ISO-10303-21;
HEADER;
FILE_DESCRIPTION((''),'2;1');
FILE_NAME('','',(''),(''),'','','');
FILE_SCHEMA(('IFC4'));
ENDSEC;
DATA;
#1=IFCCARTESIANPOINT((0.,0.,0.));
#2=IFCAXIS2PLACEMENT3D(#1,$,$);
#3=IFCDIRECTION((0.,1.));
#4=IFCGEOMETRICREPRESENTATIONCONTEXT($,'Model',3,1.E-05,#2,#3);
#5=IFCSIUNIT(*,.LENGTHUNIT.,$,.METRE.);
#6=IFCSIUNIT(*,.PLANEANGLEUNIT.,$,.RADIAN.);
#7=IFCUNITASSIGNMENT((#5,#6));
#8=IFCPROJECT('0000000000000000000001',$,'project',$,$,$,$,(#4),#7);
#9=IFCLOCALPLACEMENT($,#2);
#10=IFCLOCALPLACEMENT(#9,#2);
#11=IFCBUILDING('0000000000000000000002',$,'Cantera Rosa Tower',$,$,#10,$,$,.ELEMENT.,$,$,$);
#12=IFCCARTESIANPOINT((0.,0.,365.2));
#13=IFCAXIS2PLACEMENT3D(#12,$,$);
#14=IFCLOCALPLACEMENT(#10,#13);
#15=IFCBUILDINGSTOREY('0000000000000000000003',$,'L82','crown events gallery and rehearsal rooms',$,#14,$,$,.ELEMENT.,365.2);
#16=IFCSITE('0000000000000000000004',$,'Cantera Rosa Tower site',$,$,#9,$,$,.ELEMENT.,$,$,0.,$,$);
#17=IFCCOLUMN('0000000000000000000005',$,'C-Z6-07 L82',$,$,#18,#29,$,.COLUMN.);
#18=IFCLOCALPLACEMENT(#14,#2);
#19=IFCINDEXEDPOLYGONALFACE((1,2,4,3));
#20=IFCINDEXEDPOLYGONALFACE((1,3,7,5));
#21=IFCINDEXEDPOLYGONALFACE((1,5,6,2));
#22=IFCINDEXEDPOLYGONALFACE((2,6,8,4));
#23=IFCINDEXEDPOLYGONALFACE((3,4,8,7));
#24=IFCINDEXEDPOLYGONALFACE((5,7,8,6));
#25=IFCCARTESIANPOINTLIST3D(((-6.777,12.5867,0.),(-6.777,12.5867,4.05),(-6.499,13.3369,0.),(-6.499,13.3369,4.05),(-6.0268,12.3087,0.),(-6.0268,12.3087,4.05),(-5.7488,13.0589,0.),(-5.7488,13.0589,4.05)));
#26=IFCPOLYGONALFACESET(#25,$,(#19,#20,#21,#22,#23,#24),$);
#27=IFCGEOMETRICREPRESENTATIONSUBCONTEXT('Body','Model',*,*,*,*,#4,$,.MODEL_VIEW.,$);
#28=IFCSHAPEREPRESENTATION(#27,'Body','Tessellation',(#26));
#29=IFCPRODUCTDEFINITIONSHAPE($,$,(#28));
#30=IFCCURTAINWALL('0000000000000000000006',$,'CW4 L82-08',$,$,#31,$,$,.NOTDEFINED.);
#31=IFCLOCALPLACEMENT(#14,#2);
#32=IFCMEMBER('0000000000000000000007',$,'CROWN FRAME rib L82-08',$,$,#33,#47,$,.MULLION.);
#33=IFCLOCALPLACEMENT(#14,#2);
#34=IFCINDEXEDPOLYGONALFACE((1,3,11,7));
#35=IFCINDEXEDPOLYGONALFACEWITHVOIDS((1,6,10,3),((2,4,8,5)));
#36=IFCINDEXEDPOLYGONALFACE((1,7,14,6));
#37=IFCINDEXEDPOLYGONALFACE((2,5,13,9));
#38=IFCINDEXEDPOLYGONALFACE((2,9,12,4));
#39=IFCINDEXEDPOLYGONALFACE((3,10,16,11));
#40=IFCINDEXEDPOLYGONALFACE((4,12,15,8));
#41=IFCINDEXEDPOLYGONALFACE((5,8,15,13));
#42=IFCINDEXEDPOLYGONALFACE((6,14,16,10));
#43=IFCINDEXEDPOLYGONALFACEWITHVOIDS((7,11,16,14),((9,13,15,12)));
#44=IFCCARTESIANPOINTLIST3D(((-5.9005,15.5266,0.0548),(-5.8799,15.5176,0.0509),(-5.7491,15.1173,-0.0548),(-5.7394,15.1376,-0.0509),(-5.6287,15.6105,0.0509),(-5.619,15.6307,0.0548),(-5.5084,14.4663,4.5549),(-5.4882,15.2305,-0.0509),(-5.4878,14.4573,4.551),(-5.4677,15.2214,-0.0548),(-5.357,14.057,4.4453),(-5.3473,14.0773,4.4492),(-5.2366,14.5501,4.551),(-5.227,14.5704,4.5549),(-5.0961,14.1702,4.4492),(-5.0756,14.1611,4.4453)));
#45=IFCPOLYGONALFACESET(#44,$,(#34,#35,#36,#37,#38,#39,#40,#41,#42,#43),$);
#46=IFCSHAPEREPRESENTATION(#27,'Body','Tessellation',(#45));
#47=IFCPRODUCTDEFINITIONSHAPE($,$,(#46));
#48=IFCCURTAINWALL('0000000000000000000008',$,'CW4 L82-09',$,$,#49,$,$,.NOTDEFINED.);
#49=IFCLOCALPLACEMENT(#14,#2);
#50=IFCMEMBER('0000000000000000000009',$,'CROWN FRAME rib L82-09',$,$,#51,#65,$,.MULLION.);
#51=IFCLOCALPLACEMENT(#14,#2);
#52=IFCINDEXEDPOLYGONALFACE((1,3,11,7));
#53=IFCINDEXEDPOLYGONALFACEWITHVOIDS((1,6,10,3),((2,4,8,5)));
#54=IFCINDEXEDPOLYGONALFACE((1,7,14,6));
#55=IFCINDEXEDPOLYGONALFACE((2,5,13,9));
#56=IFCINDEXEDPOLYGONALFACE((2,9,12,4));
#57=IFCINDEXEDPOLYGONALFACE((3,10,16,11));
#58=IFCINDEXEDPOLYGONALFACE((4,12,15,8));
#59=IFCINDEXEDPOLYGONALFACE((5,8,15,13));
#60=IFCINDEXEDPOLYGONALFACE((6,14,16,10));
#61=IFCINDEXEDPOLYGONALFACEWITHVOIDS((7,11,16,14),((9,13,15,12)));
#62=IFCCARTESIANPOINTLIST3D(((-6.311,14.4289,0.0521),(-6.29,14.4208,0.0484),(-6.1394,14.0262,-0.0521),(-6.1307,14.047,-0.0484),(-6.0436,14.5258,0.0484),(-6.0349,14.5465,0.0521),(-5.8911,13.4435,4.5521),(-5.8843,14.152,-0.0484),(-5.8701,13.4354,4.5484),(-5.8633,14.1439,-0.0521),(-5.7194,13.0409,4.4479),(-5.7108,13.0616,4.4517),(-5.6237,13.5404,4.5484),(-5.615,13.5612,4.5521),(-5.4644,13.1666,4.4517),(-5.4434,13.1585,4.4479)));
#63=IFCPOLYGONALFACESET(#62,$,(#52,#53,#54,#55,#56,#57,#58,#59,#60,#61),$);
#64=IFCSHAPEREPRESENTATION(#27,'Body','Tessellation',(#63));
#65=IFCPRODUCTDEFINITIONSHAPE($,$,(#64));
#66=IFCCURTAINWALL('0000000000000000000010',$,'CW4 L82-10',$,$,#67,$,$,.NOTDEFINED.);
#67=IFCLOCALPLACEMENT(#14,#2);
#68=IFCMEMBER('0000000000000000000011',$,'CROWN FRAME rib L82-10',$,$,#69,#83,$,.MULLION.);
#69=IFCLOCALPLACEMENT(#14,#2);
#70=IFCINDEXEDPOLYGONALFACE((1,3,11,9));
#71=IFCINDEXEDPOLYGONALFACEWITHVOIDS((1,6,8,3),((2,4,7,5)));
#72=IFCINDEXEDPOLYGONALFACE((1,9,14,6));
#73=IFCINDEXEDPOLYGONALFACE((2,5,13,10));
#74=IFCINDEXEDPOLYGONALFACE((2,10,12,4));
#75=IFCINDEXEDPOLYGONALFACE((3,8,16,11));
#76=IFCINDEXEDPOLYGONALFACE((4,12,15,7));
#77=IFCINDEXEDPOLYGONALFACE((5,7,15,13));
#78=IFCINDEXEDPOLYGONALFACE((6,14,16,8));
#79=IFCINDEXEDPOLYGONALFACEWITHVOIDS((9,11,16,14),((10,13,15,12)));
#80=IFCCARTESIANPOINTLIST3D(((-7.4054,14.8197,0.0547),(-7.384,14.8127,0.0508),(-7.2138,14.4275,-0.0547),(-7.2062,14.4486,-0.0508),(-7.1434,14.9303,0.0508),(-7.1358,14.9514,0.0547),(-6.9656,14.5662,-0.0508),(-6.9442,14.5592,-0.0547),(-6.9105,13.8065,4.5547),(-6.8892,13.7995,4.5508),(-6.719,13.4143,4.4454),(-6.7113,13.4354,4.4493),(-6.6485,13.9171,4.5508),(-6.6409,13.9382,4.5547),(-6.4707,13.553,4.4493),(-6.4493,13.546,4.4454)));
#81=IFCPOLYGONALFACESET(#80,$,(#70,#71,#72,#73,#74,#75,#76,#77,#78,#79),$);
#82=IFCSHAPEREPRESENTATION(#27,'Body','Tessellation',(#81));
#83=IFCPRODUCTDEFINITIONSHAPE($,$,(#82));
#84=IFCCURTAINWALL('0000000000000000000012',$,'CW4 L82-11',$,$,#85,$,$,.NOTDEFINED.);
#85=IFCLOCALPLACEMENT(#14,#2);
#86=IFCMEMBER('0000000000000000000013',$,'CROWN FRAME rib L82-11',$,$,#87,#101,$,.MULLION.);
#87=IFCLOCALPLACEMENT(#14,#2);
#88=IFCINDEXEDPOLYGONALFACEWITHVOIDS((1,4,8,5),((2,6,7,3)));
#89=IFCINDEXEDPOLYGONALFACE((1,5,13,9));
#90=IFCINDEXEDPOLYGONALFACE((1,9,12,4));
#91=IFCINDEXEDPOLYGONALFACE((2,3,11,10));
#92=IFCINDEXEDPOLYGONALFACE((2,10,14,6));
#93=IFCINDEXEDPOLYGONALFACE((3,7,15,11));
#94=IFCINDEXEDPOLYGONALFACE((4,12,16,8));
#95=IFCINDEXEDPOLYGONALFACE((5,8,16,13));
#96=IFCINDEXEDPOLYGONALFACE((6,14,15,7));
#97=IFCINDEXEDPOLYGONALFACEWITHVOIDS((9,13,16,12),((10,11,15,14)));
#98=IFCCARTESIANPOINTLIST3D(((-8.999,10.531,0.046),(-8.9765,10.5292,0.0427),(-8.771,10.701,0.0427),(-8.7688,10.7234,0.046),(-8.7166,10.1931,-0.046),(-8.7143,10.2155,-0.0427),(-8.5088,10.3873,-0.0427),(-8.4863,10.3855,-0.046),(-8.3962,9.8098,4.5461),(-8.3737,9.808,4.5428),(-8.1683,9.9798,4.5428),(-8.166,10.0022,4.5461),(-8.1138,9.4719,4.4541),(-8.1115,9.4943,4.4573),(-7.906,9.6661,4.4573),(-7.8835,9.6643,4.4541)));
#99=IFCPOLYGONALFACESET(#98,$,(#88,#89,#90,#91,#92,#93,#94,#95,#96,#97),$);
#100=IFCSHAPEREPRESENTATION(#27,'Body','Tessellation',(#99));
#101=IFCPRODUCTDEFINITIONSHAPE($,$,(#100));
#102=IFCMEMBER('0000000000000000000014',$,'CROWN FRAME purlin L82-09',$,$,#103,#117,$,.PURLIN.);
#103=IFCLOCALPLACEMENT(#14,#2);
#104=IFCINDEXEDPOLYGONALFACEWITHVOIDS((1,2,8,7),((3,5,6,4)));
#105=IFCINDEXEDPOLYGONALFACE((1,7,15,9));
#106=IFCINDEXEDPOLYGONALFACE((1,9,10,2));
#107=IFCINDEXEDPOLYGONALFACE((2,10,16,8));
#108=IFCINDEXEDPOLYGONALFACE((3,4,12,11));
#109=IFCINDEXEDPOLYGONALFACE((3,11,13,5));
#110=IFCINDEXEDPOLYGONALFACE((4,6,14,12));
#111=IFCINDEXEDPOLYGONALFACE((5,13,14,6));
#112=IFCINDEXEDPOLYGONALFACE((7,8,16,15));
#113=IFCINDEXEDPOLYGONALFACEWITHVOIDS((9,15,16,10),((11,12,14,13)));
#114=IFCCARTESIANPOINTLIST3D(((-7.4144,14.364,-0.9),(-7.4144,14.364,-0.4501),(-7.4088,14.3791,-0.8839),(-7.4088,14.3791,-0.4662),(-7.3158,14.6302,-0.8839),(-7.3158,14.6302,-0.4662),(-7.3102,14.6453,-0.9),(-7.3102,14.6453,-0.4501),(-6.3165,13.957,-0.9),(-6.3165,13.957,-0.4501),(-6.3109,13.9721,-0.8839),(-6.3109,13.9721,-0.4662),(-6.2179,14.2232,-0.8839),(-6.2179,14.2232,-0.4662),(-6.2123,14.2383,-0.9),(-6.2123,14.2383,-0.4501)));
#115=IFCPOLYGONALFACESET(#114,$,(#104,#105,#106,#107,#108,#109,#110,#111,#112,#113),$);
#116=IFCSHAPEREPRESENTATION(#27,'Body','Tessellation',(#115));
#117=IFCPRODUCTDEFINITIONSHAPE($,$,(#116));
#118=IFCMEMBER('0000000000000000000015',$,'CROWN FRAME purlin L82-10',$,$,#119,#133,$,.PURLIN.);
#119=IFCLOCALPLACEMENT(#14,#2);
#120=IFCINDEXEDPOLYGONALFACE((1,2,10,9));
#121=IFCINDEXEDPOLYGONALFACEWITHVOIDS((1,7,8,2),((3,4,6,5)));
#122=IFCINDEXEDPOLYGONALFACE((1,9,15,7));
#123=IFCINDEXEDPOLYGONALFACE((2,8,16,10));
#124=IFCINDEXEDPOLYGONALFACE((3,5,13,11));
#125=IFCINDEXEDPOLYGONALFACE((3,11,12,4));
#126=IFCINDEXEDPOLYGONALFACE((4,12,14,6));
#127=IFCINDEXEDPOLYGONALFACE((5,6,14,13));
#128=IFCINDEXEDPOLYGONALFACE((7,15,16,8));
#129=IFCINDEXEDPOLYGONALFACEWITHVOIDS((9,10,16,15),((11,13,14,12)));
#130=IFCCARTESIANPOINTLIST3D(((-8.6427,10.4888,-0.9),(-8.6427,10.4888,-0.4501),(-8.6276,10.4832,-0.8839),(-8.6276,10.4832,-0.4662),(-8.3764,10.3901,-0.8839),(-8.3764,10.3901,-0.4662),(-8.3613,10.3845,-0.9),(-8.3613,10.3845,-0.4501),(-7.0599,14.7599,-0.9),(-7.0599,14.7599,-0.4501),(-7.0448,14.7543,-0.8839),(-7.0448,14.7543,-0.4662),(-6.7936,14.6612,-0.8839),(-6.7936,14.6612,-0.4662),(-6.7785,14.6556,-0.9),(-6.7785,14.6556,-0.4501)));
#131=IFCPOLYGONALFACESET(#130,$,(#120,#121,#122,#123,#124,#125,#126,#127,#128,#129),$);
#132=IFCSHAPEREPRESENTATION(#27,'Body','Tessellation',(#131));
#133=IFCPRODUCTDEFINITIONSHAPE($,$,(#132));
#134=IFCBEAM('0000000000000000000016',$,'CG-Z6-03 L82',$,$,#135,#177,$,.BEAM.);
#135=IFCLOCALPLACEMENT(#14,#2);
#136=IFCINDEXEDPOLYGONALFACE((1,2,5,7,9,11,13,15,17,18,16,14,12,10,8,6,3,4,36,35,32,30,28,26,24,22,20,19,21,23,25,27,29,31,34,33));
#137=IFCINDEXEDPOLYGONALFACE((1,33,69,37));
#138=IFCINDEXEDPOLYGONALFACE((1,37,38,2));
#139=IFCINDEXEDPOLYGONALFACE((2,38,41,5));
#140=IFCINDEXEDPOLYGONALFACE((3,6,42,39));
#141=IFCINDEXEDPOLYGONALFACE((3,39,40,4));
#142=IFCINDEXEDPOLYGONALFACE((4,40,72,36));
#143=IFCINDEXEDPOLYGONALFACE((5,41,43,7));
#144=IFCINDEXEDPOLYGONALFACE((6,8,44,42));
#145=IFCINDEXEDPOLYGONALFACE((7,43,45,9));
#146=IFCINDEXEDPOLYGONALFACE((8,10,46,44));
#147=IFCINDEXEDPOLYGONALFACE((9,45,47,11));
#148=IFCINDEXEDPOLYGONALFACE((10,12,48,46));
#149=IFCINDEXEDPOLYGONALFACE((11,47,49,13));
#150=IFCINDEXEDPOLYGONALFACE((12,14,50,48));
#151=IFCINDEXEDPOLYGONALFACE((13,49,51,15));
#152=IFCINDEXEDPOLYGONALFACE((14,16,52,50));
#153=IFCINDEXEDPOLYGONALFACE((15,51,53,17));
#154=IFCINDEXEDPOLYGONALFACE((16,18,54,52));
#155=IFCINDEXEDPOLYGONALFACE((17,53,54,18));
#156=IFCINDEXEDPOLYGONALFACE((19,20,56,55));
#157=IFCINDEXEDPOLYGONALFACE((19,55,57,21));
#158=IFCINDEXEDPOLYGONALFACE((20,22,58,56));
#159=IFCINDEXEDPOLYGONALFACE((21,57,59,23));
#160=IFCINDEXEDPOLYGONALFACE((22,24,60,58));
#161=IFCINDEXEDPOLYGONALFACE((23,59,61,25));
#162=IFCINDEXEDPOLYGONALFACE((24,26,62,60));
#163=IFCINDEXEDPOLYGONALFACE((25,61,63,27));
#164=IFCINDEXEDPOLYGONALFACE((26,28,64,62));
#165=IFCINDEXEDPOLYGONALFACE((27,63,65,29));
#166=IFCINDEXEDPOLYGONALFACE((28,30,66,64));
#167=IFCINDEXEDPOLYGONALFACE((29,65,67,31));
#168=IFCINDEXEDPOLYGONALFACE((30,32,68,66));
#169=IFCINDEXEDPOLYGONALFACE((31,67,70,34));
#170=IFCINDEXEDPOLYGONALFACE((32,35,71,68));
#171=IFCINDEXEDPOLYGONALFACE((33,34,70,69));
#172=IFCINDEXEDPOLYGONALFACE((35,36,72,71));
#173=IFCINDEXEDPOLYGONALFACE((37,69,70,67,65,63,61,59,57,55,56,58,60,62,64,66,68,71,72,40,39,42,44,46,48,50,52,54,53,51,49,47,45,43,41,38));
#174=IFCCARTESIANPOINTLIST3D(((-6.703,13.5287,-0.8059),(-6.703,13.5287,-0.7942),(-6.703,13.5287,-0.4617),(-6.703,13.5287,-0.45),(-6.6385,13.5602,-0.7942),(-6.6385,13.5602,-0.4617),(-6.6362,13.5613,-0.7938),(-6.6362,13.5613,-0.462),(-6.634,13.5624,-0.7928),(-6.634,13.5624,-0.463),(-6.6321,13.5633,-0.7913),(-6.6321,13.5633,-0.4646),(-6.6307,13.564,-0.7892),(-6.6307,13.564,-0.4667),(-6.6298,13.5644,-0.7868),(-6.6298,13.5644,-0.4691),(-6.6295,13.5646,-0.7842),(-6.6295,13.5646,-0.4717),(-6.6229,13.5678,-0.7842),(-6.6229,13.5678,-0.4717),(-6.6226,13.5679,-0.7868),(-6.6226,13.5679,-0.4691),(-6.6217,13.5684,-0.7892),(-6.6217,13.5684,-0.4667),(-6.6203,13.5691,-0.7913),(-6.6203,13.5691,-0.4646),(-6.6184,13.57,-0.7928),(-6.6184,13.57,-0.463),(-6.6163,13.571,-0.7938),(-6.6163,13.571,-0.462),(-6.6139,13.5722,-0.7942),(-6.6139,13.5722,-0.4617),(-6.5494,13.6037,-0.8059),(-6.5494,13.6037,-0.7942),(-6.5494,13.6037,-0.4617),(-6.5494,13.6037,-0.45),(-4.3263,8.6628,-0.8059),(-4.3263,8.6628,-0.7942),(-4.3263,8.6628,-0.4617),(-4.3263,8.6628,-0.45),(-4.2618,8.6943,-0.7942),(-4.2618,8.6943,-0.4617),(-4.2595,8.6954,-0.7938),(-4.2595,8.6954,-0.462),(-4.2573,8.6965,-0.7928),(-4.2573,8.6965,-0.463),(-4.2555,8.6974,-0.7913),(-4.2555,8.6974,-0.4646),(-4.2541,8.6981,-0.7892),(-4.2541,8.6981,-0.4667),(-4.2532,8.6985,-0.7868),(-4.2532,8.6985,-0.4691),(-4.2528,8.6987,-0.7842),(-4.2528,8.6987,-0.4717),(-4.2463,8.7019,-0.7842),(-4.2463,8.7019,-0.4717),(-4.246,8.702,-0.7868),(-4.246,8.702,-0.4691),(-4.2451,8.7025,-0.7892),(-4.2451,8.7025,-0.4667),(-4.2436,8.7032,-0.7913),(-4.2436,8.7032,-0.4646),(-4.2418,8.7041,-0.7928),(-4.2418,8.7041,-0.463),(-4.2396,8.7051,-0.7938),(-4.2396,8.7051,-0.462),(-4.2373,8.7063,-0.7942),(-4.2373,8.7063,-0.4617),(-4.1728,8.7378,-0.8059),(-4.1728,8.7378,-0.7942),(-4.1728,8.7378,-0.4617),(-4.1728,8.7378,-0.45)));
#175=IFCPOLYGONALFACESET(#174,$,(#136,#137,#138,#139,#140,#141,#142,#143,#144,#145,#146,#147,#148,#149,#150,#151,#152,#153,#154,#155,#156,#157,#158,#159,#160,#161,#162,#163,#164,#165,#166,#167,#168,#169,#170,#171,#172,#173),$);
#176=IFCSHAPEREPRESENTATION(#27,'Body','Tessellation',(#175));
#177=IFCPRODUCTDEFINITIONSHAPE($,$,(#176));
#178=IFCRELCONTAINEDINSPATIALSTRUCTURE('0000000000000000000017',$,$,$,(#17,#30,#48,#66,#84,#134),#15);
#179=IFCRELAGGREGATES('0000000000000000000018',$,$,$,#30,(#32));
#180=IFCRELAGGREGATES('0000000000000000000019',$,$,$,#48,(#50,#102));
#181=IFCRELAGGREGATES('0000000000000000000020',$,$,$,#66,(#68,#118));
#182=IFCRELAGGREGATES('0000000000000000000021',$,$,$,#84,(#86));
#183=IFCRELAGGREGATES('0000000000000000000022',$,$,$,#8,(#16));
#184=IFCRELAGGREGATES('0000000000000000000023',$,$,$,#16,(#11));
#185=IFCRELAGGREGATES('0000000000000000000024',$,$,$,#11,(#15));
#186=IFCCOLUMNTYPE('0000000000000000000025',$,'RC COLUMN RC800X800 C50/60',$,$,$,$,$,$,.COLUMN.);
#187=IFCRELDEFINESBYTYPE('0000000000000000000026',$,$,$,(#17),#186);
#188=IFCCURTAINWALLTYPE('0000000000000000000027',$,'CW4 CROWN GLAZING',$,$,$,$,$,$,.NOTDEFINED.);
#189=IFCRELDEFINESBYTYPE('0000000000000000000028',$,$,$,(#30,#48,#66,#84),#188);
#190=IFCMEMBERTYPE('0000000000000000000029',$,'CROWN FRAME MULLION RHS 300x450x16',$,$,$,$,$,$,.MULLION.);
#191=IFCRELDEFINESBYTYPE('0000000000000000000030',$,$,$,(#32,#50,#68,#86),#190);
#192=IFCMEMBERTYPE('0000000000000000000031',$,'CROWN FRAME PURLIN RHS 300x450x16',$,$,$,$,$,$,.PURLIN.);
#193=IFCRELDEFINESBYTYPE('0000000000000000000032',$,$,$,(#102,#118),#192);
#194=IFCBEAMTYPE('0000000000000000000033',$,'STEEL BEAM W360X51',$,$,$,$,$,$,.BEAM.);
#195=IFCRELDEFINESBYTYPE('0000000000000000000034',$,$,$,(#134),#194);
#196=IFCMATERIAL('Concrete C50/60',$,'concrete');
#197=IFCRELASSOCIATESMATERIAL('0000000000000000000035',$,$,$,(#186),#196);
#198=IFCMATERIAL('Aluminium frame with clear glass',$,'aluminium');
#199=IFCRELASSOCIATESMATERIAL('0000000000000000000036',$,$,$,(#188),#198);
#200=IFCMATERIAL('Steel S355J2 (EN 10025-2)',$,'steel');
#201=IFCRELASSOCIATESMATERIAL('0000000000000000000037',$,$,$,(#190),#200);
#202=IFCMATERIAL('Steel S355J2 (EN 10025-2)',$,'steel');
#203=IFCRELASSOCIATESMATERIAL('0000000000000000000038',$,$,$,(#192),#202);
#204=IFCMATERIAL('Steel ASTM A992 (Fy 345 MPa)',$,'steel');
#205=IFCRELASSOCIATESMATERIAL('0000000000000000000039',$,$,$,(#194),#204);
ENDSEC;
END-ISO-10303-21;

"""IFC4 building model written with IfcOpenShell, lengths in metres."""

from ifc_helpers import new_model, si_unit, direction, frame, origin, origin_2d, place, context, subcontext, project, spatial, rectangle, hollow_rectangle, i_section, extrude, material, material_profile, profile_set, type_object, element, aggregate, save


model = new_model("IFC4")

# Units and contexts
model_context = context("Model", 3, precision=1e-05, world=origin(), true_north=direction((0.0, 1.0)))
body_context = subcontext(model_context, "Body", "Model", "MODEL_VIEW")
ifc_project = project(units=[si_unit("LENGTHUNIT", "METRE"), si_unit("PLANEANGLEUNIT", "RADIAN")], contexts=[model_context])

# Site, building, storey
site_placement = place(None, origin())
site = spatial("IfcSite", under=ifc_project, at=site_placement, Name="Cantera Rosa Tower site", CompositionType="ELEMENT", RefElevation=0.0)
building_placement = place(site_placement, origin())
building = spatial("IfcBuilding", under=site, at=building_placement, Name="Cantera Rosa Tower", CompositionType="ELEMENT")
storey_placement = place(building_placement, frame((0.0, 0.0, 365.2)))
storey = spatial("IfcBuildingStorey", under=building, at=storey_placement, Name="L82", Description="crown events gallery and rehearsal rooms", CompositionType="ELEMENT", Elevation=365.2)

# Column
ifc_material_1 = material(Name="Concrete C50/60", Category="concrete")
ifc_material_profile_1 = material_profile(ifc_material_1, rectangle(XDim=0.8, YDim=0.8, at=origin_2d()), Name="RC COLUMN RC800X800 C50/60")
ifc_profile_set_1 = profile_set([ifc_material_profile_1], Name="Concrete C50/60")
column_type = type_object("IfcColumnType", Name="RC COLUMN RC800X800 C50/60", PredefinedType="COLUMN", material=ifc_profile_set_1)
column_placement = place(storey_placement, frame((-6.2629, 12.8228, 0.0), z_axis=(0.0, 0.0, 1.0), x_axis=(0.347481, 0.937687, 0.0)))
element("IfcColumn", 1, at=column_placement, inside=storey, type_object=column_type, Name="C-Z6-07 L82", PredefinedType="COLUMN", context=body_context, shape_type="SweptSolid", body=[
    extrude(rectangle(XDim=0.8, YDim=0.8, at=origin_2d()), origin(), (0.0, 0.0, 1.0), 4.05),
])

# Curtain walls, members
ifc_material_2 = material(Name="Aluminium frame with clear glass", Category="aluminium")
curtain_wall_type = type_object("IfcCurtainWallType", Name="CW4 CROWN GLAZING", PredefinedType="NOTDEFINED", material=ifc_material_2)
curtain_wall_1_placement = place(storey_placement, origin())
curtain_wall_1 = element("IfcCurtainWall", 2, at=curtain_wall_1_placement, inside=storey, type_object=curtain_wall_type, Name="CW4 L82-08", PredefinedType="NOTDEFINED")
ifc_material_3 = material(Name="Steel S355J2 (EN 10025-2)", Category="steel")
ifc_material_profile_2 = material_profile(ifc_material_3, hollow_rectangle(XDim=0.3, YDim=0.45, WallThickness=0.0161, at=origin_2d()), Name="CROWN FRAME MULLION RHS 300x450x16")
ifc_profile_set_2 = profile_set([ifc_material_profile_2], Name="Steel S355J2 (EN 10025-2)")
member_type_1 = type_object("IfcMemberType", Name="CROWN FRAME MULLION RHS 300x450x16", PredefinedType="MULLION", material=ifc_profile_set_2)
member_1_placement = place(storey_placement, frame((-5.6841, 15.374, 0.0), z_axis=(0.084505, -0.228522, 0.969864), x_axis=(0.937926, 0.346836, 0.0)))
member_1 = element("IfcMember", 3, at=member_1_placement, type_object=member_type_1, Name="CROWN FRAME rib L82-08", PredefinedType="MULLION", context=body_context, shape_type="SweptSolid", body=[
    extrude(hollow_rectangle(XDim=0.3, YDim=0.45, WallThickness=0.0161, at=origin_2d()), origin(), (0.0, 0.0, 1.0), 4.6399),
])
curtain_wall_2_placement = place(storey_placement, origin())
curtain_wall_2 = element("IfcCurtainWall", 4, at=curtain_wall_2_placement, inside=storey, type_object=curtain_wall_type, Name="CW4 L82-09", PredefinedType="NOTDEFINED")
member_2_placement = place(storey_placement, frame((-6.0872, 14.2864, 0.0), z_axis=(0.09078, -0.213016, 0.972822), x_axis=(0.919945, 0.392048, 0.0)))
member_2 = element("IfcMember", 5, at=member_2_placement, type_object=member_type_1, Name="CROWN FRAME rib L82-09", PredefinedType="MULLION", context=body_context, shape_type="SweptSolid", body=[
    extrude(hollow_rectangle(XDim=0.3, YDim=0.45, WallThickness=0.0161, at=origin_2d()), origin(), (0.0, 0.0, 1.0), 4.6257),
])
curtain_wall_3_placement = place(storey_placement, origin())
curtain_wall_3 = element("IfcCurtainWall", 6, at=curtain_wall_3_placement, inside=storey, type_object=curtain_wall_type, Name="CW4 L82-10", PredefinedType="NOTDEFINED")
member_3_placement = place(storey_placement, frame((-7.1748, 14.6895, 0.0), z_axis=(0.106674, -0.2184, 0.970011), x_axis=(0.898546, 0.43888, 0.0)))
member_3 = element("IfcMember", 7, at=member_3_placement, type_object=member_type_1, Name="CROWN FRAME rib L82-10", PredefinedType="MULLION", context=body_context, shape_type="SweptSolid", body=[
    extrude(hollow_rectangle(XDim=0.3, YDim=0.45, WallThickness=0.0161, at=origin_2d()), origin(), (0.0, 0.0, 1.0), 4.6392),
])
curtain_wall_4_placement = place(storey_placement, origin())
curtain_wall_4 = element("IfcCurtainWall", 8, at=curtain_wall_4_placement, inside=storey, type_object=curtain_wall_type, Name="CW4 L82-11", PredefinedType="NOTDEFINED")
member_4_placement = place(storey_placement, frame((-8.7427, 10.4583, 0.0), z_axis=(0.131122, -0.156879, 0.978875), x_axis=(0.767284, 0.641308, 0.0)))
member_4 = element("IfcMember", 9, at=member_4_placement, type_object=member_type_1, Name="CROWN FRAME rib L82-11", PredefinedType="MULLION", context=body_context, shape_type="SweptSolid", body=[
    extrude(hollow_rectangle(XDim=0.3, YDim=0.45, WallThickness=0.0161, at=origin_2d()), origin(), (0.0, 0.0, 1.0), 4.5972),
])

# Members
ifc_material_4 = material(Name="Steel S355J2 (EN 10025-2)", Category="steel")
ifc_material_profile_3 = material_profile(ifc_material_4, hollow_rectangle(XDim=0.3, YDim=0.45, WallThickness=0.0161, at=origin_2d()), Name="CROWN FRAME PURLIN RHS 300x450x16")
ifc_profile_set_3 = profile_set([ifc_material_profile_3], Name="Steel S355J2 (EN 10025-2)")
member_type_2 = type_object("IfcMemberType", Name="CROWN FRAME PURLIN RHS 300x450x16", PredefinedType="PURLIN", material=ifc_profile_set_3)
member_5_placement = place(storey_placement, frame((-6.2644, 14.0977, -0.675), z_axis=(-0.937651, 0.347579, 0.0), x_axis=(-0.347579, -0.937651, 0.0)))
member_5 = element("IfcMember", 10, at=member_5_placement, type_object=member_type_2, Name="CROWN FRAME purlin L82-09", PredefinedType="PURLIN", context=body_context, shape_type="SweptSolid", body=[
    extrude(hollow_rectangle(XDim=0.3, YDim=0.45, WallThickness=0.0161, at=origin_2d()), origin(), (0.0, 0.0, 1.0), 1.1709),
])
member_6_placement = place(storey_placement, frame((-6.9192, 14.7078, -0.675), z_axis=(-0.347491, -0.937683, 0.0), x_axis=(0.937683, -0.347491, 0.0)))
member_6 = element("IfcMember", 11, at=member_6_placement, type_object=member_type_2, Name="CROWN FRAME purlin L82-10", PredefinedType="PURLIN", context=body_context, shape_type="SweptSolid", body=[
    extrude(hollow_rectangle(XDim=0.3, YDim=0.45, WallThickness=0.0161, at=origin_2d()), origin(), (0.0, 0.0, 1.0), 4.5549),
])

# Beam
ifc_material_5 = material(Name="Steel ASTM A992 (Fy 345 MPa)", Category="steel")
ifc_material_profile_4 = material_profile(ifc_material_5, i_section(OverallWidth=0.1709, OverallDepth=0.356, WebThickness=0.0073, FlangeThickness=0.0117, FilletRadius=0.01, at=origin_2d()), Name="W360X51")
ifc_profile_set_4 = profile_set([ifc_material_profile_4], Name="Steel ASTM A992 (Fy 345 MPa)")
beam_type_1 = type_object("IfcBeamType", Name="STEEL BEAM W360X51", PredefinedType="BEAM", material=ifc_profile_set_4)
beam_1_placement = place(storey_placement, frame((-6.6262, 13.5662, -0.6279), z_axis=(0.438881, -0.898545, 0.0), x_axis=(0.898545, 0.438881, 0.0)))
element("IfcBeam", 12, at=beam_1_placement, inside=storey, type_object=beam_type_1, Name="CG-Z6-03 L82", PredefinedType="BEAM", context=body_context, shape_type="SweptSolid", body=[
    extrude(i_section(OverallWidth=0.1709, OverallDepth=0.356, WebThickness=0.0073, FlangeThickness=0.0117, FilletRadius=0.01, at=origin_2d()), origin(), (0.0, 0.0, 1.0), 5.4153),
])

aggregate(curtain_wall_1, [member_1])
aggregate(curtain_wall_2, [member_2, member_5])
aggregate(curtain_wall_3, [member_3, member_6])
aggregate(curtain_wall_4, [member_4])

save(model, "model.ifc")
